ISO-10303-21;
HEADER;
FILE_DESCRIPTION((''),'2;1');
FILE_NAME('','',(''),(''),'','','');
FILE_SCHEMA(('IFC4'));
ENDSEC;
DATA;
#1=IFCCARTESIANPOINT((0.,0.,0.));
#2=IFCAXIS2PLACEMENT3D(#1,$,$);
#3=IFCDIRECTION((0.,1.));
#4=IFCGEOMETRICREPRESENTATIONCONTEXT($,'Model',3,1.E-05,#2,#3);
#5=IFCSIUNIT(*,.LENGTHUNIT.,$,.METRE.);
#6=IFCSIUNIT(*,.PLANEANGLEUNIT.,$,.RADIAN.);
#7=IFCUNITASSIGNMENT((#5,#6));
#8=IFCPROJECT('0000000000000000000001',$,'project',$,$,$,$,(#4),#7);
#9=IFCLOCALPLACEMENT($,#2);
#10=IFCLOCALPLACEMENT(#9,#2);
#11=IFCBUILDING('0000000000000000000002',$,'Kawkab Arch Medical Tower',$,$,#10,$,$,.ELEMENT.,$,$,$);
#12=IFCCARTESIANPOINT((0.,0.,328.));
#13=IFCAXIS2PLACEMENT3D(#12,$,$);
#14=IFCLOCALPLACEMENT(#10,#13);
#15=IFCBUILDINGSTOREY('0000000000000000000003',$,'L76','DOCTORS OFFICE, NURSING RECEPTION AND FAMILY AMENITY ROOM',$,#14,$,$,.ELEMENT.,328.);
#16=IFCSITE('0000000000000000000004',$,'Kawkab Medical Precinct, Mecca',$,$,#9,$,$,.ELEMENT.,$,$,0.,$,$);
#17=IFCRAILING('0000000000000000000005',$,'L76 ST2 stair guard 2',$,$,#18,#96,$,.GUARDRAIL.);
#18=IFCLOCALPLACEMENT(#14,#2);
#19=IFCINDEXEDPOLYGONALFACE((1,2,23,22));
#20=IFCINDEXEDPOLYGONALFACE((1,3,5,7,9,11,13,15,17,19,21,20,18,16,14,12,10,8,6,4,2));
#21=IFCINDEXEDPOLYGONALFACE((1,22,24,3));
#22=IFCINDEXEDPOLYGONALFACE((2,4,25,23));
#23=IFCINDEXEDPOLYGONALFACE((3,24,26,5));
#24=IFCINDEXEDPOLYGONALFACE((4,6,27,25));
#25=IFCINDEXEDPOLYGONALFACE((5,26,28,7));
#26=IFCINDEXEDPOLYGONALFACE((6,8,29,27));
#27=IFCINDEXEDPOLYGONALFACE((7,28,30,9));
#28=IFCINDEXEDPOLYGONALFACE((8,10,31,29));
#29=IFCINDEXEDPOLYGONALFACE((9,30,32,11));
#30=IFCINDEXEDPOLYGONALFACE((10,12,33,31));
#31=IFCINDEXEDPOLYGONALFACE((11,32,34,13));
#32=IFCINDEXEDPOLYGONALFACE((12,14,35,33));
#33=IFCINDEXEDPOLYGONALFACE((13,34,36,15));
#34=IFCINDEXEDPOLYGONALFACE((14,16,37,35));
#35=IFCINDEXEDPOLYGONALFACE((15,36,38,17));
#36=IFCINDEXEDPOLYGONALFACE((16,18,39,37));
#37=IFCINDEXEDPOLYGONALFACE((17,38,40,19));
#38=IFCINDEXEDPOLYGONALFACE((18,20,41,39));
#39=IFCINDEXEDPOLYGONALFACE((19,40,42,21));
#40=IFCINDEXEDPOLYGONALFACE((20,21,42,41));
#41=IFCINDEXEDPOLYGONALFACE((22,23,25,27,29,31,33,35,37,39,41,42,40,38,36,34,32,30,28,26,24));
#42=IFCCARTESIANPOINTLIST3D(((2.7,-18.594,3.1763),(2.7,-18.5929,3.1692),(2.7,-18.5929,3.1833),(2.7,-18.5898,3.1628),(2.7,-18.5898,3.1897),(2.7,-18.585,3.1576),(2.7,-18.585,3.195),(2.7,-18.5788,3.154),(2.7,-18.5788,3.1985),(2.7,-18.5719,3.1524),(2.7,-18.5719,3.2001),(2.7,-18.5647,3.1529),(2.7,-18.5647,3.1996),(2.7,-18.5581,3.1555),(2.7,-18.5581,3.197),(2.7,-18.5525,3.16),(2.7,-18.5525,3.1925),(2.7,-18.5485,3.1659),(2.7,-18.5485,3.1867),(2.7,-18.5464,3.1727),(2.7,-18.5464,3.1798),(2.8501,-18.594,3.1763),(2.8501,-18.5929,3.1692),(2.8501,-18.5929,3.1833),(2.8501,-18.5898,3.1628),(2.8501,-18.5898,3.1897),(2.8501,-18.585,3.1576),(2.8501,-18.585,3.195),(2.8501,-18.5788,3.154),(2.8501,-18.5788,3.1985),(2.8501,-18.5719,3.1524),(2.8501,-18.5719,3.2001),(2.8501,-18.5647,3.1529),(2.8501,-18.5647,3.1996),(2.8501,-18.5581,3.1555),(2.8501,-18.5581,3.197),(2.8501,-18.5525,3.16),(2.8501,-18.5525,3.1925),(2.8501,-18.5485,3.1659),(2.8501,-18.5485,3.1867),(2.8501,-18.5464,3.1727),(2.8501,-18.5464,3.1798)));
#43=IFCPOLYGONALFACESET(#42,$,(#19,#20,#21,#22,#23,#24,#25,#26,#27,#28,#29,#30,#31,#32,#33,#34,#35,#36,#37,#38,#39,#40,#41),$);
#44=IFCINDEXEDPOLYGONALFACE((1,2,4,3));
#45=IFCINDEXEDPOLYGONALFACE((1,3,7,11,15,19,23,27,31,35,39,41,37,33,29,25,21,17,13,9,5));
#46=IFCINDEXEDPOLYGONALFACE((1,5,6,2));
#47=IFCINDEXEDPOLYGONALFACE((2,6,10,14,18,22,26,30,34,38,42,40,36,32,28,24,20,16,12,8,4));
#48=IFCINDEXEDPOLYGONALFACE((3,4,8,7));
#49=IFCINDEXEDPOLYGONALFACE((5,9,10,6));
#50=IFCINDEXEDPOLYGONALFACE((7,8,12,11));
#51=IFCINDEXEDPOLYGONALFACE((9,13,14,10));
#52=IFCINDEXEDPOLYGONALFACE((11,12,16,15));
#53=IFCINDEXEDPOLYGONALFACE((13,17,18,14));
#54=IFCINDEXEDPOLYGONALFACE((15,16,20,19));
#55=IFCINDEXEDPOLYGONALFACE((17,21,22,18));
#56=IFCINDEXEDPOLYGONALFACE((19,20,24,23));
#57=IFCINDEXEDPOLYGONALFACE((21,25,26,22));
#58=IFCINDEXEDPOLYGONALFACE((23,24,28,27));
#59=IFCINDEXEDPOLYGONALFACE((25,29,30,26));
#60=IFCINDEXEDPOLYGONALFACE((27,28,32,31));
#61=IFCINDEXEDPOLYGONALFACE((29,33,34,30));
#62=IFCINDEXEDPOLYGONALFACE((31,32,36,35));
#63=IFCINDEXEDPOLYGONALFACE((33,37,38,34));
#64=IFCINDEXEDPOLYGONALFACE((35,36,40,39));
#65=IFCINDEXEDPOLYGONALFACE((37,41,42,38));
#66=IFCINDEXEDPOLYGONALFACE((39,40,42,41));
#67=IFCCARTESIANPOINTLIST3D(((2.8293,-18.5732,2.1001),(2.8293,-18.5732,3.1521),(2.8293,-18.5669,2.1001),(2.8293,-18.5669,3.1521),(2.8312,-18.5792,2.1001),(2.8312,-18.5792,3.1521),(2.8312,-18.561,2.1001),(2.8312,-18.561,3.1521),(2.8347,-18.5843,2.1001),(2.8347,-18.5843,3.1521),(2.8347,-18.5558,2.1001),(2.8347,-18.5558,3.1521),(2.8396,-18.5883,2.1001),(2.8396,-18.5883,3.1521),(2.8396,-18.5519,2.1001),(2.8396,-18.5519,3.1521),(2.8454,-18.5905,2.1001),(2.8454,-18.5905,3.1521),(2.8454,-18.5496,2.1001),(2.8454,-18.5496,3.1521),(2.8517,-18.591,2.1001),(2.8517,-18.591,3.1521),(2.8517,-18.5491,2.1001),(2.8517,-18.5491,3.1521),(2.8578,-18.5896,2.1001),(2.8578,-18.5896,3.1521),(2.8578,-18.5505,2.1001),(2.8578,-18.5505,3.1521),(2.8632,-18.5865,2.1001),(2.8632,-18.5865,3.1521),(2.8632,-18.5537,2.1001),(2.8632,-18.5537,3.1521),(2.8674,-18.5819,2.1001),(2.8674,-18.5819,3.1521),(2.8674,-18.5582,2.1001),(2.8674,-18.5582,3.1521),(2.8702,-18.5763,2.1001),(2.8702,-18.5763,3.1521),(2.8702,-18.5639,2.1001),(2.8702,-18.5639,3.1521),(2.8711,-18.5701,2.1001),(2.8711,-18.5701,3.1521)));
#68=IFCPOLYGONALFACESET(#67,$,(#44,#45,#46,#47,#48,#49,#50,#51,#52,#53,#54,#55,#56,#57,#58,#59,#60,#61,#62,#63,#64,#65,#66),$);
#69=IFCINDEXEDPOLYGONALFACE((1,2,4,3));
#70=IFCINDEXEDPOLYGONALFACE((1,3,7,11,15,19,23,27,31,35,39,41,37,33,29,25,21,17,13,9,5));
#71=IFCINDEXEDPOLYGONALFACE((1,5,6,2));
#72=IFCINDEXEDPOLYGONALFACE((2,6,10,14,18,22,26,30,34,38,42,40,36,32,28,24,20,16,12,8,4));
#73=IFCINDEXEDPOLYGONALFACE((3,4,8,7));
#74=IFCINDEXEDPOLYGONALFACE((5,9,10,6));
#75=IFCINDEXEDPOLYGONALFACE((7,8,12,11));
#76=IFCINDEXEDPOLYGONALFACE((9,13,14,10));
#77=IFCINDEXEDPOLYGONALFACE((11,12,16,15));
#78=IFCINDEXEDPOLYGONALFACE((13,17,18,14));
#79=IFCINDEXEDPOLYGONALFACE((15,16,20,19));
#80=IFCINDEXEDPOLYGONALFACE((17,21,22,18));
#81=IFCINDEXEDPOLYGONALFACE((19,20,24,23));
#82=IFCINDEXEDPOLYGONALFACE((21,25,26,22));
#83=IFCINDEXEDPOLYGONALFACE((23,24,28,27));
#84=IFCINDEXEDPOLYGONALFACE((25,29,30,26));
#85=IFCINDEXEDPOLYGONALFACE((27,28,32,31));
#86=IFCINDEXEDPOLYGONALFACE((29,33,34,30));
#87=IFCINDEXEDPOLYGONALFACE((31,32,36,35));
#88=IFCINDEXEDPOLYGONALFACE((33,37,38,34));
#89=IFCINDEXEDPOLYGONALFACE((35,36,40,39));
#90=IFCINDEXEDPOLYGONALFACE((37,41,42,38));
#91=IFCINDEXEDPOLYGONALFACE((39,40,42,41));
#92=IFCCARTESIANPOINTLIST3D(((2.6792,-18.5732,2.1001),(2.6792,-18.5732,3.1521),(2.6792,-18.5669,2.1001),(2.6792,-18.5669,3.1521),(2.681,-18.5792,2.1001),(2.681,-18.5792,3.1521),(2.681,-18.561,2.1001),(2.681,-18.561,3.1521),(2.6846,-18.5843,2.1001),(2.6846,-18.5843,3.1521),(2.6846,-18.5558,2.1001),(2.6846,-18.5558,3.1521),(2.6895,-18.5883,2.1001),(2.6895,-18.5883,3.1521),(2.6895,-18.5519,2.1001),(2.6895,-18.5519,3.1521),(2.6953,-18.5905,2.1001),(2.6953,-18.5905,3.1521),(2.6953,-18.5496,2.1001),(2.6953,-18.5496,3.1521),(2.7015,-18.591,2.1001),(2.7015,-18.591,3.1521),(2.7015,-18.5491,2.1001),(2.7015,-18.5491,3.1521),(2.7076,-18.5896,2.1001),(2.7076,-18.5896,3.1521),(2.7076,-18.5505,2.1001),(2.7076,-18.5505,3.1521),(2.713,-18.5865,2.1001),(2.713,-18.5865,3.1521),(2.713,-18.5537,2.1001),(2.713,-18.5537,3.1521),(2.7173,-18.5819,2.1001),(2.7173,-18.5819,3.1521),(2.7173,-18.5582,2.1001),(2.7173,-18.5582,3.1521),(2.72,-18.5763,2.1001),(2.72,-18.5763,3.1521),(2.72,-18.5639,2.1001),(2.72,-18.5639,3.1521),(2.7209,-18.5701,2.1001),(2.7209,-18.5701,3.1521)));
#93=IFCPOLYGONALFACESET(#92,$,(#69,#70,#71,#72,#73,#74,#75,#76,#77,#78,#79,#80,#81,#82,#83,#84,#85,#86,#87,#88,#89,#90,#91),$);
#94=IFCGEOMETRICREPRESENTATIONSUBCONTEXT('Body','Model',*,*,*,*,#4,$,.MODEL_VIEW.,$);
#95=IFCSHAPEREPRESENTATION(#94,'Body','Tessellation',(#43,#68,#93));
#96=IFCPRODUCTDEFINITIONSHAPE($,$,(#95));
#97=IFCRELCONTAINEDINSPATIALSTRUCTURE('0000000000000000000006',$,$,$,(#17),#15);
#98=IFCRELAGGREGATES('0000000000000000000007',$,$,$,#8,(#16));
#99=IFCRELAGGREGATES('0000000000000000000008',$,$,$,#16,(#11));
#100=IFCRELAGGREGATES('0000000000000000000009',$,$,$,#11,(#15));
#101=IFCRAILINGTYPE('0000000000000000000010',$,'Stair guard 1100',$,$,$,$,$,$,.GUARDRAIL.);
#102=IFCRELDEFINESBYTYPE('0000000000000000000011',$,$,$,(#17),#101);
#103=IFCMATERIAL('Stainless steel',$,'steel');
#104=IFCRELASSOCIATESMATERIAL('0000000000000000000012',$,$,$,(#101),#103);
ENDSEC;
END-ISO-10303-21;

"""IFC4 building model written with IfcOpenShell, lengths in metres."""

from ifc_helpers import new_model, si_unit, direction, frame, origin, origin_2d, place, context, subcontext, project, spatial, circle, extrude, material, type_object, element, save


model = new_model("IFC4")

# Units and contexts
model_context = context("Model", 3, precision=1e-05, world=origin(), true_north=direction((0.0, 1.0)))
body_context = subcontext(model_context, "Body", "Model", "MODEL_VIEW")
ifc_project = project(units=[si_unit("LENGTHUNIT", "METRE"), si_unit("PLANEANGLEUNIT", "RADIAN")], contexts=[model_context])

# Site, building, storey
site_placement = place(None, origin())
site = spatial("IfcSite", under=ifc_project, at=site_placement, Name="Kawkab Medical Precinct, Mecca", CompositionType="ELEMENT", RefElevation=0.0)
building_placement = place(site_placement, origin())
building = spatial("IfcBuilding", under=site, at=building_placement, Name="Kawkab Arch Medical Tower", CompositionType="ELEMENT")
storey_placement = place(building_placement, frame((0.0, 0.0, 328.0)))
storey = spatial("IfcBuildingStorey", under=building, at=storey_placement, Name="L76", Description="DOCTORS OFFICE, NURSING RECEPTION AND FAMILY AMENITY ROOM", CompositionType="ELEMENT", Elevation=328.0)

# Railing
ifc_material_1 = material(Name="Stainless steel", Category="steel")
railing_type = type_object("IfcRailingType", Name="Stair guard 1100", PredefinedType="GUARDRAIL", material=ifc_material_1)
railing_1_placement = place(storey_placement, frame((2.8501, -18.5701, 2.1001)))
element("IfcRailing", 1, at=railing_1_placement, inside=storey, type_object=railing_type, Name="L76 ST2 stair guard 2", PredefinedType="GUARDRAIL", context=body_context, shape_type="SweptSolid", body=[
    extrude(circle(Radius=0.0239, at=origin_2d()), frame((0.0, 0.0, 1.0762), z_axis=(-1.0, 0.0, 0.0), x_axis=(0.0, -1.0, 0.0)), (0.0, 0.0, 1.0), 0.1501),
    extrude(circle(Radius=0.021, at=origin_2d()), origin(), (0.0, 0.0, 1.0), 1.052),
    extrude(circle(Radius=0.021, at=origin_2d()), frame((-0.1501, 0.0, 0.0)), (0.0, 0.0, 1.0), 1.052),
])

save(model, "model.ifc")
